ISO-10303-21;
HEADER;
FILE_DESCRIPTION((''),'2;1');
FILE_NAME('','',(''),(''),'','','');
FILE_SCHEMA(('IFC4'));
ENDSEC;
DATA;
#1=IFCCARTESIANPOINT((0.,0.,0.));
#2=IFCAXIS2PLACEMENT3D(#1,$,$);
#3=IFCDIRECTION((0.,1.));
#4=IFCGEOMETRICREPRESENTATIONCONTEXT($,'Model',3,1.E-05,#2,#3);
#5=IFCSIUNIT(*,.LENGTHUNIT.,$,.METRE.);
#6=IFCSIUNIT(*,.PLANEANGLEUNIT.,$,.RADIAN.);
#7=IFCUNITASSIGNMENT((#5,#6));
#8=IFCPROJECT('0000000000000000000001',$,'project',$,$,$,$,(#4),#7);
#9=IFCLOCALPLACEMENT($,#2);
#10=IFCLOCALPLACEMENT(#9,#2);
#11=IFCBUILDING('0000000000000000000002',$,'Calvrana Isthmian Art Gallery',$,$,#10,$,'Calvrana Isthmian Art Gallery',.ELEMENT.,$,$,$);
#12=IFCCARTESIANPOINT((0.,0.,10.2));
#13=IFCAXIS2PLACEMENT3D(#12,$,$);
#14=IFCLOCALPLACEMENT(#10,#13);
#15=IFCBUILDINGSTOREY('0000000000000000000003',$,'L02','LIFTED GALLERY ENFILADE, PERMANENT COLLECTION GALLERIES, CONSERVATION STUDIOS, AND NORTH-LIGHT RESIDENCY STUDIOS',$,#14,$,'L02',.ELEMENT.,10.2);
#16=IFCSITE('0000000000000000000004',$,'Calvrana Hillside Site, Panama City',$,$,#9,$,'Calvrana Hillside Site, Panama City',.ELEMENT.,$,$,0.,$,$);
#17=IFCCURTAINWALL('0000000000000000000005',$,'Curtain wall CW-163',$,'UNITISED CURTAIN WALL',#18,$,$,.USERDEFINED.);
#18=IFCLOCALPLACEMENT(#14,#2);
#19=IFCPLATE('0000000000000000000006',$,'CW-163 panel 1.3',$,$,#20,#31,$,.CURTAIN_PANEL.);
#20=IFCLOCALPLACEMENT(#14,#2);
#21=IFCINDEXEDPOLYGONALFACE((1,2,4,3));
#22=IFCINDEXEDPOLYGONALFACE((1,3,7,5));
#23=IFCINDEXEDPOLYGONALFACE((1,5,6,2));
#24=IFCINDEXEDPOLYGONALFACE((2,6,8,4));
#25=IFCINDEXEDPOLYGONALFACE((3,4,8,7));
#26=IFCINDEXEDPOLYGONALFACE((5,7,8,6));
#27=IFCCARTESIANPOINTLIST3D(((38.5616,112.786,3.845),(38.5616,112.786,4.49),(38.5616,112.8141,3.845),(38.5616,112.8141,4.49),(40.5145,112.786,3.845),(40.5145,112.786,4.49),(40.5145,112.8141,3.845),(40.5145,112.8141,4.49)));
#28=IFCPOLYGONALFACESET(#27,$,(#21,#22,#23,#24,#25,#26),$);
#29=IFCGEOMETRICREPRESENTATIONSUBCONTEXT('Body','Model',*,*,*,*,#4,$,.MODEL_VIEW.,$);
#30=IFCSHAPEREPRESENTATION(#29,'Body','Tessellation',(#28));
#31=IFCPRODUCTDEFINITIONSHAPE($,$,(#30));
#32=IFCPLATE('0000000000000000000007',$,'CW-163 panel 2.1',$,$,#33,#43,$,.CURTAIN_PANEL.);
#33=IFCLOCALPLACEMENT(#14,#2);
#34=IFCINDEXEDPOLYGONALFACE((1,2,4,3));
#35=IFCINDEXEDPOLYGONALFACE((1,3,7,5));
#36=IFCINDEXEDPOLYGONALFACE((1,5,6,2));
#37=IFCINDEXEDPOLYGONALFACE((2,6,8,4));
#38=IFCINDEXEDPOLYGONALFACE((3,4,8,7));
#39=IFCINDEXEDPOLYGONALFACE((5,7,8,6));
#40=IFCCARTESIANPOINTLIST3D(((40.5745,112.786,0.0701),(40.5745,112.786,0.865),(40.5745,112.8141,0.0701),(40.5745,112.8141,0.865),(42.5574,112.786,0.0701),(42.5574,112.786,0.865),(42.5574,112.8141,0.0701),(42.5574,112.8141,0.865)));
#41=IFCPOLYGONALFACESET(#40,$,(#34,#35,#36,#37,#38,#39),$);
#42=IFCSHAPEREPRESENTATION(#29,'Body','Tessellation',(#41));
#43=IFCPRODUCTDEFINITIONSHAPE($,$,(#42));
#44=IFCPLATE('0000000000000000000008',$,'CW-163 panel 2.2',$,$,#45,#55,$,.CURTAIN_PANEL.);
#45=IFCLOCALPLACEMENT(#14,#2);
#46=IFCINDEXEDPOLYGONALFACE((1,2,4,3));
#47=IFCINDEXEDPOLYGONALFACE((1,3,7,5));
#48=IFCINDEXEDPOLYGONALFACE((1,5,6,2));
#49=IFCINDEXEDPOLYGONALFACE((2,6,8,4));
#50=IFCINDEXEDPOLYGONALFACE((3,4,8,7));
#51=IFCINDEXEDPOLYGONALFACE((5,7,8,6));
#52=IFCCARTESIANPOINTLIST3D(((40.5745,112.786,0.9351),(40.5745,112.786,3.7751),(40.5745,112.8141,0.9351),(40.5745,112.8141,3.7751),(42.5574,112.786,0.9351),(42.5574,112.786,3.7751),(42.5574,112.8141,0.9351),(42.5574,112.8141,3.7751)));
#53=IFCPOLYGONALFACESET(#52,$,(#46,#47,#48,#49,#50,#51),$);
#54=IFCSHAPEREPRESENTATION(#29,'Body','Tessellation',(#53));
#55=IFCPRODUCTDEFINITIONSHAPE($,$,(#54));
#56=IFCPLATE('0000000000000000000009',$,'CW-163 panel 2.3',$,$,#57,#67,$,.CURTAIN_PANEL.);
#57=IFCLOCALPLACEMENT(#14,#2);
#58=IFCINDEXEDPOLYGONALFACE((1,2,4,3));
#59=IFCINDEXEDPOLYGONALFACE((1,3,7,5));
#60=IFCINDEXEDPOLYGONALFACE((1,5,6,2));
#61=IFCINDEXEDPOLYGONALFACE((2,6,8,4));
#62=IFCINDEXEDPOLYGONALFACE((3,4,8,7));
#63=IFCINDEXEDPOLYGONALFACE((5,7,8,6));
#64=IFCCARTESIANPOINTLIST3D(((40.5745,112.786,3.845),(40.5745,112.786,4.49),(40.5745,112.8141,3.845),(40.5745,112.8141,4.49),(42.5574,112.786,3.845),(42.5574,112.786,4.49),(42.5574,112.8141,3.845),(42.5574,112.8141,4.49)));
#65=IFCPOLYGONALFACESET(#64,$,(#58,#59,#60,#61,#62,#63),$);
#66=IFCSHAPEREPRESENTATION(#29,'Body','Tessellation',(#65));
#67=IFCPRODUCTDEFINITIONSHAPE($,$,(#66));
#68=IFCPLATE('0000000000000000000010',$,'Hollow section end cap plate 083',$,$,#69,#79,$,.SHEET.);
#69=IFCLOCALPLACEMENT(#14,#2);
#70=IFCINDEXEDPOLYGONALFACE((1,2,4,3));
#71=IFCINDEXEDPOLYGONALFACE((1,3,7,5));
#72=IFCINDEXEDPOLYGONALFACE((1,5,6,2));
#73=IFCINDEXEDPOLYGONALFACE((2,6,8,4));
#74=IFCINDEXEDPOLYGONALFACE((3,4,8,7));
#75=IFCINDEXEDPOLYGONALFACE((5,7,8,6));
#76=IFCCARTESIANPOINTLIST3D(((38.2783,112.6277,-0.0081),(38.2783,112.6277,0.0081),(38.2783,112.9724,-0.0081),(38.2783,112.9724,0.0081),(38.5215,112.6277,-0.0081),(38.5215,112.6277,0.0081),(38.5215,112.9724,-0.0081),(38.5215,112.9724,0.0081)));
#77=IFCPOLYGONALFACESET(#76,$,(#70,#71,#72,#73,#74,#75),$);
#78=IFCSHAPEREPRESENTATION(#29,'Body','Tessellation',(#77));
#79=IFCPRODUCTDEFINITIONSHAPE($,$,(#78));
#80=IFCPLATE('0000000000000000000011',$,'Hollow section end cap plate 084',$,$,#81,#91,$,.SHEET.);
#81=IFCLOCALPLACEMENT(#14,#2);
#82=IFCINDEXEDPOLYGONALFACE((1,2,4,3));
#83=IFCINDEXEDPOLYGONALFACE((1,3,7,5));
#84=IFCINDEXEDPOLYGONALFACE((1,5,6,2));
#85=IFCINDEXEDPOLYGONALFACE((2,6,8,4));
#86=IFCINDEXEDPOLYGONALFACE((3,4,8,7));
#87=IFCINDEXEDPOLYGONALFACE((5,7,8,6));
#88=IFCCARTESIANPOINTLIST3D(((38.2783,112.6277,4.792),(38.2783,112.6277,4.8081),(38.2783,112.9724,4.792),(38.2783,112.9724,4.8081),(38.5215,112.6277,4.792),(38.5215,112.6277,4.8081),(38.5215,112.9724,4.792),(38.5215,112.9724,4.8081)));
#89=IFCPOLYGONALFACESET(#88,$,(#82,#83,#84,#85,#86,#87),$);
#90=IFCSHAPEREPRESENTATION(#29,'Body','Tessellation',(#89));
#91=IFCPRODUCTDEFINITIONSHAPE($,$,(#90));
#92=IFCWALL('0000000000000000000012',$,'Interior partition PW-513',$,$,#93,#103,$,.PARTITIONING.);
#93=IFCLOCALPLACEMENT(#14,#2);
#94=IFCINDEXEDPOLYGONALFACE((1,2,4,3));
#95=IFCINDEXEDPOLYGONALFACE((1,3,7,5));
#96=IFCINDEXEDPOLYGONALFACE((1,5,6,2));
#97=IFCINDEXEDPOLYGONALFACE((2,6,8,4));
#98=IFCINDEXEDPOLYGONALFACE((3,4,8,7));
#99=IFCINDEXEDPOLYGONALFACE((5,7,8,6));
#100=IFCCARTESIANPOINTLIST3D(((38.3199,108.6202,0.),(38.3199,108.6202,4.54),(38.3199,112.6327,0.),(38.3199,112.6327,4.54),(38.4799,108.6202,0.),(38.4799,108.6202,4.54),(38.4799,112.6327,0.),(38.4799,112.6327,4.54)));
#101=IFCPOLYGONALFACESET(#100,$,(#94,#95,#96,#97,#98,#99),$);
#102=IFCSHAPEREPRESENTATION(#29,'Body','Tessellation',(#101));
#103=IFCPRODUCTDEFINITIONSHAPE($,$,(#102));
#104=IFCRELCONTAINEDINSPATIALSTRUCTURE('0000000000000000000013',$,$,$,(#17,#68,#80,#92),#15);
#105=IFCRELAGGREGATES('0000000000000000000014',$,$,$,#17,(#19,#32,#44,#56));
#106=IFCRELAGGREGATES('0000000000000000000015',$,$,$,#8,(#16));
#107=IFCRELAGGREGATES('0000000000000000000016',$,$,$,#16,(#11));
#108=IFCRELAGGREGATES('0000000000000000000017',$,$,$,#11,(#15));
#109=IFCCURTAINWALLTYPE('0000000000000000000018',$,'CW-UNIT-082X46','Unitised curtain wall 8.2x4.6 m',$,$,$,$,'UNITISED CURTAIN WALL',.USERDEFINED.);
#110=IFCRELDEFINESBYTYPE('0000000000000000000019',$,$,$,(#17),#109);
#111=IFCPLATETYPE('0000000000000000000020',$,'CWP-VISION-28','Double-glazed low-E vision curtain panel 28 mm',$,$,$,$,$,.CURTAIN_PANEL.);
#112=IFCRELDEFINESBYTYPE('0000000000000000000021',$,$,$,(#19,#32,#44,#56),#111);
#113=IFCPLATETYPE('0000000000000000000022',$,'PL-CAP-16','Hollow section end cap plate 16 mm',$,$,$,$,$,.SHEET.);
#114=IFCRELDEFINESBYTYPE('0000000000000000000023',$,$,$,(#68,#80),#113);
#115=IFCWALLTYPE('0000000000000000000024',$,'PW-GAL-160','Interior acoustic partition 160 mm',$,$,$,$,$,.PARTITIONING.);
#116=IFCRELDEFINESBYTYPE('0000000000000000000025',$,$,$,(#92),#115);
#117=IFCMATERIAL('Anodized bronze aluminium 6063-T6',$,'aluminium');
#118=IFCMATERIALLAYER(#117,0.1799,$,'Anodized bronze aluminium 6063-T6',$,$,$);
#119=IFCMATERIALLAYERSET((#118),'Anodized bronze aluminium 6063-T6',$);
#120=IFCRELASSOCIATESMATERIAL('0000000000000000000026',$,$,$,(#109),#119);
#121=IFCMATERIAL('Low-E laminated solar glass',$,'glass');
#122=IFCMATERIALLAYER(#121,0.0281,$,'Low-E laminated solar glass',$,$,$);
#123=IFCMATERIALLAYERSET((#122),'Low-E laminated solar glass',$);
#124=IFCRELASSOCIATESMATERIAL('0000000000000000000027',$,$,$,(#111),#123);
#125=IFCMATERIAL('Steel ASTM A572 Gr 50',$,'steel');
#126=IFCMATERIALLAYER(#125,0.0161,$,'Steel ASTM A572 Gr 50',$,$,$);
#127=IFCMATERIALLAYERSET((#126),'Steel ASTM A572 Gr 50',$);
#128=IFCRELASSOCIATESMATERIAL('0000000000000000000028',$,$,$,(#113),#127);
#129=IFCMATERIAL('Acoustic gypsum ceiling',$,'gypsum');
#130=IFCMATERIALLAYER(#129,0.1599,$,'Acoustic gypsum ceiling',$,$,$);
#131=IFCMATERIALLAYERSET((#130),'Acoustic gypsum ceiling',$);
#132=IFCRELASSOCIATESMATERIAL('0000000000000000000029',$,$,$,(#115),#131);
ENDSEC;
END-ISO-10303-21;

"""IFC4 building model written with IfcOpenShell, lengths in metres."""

from ifc_helpers import new_model, si_unit, direction, frame, frame_2d, origin, origin_2d, place, context, subcontext, project, spatial, rectangle, extrude, material, layer, layer_set, type_object, element, aggregate, save


model = new_model("IFC4")

# Units and contexts
model_context = context("Model", 3, precision=1e-05, world=origin(), true_north=direction((0.0, 1.0)))
body_context = subcontext(model_context, "Body", "Model", "MODEL_VIEW")
ifc_project = project(units=[si_unit("LENGTHUNIT", "METRE"), si_unit("PLANEANGLEUNIT", "RADIAN")], contexts=[model_context])

# Site, building, storey
site_placement = place(None, origin())
site = spatial("IfcSite", under=ifc_project, at=site_placement, Name="Calvrana Hillside Site, Panama City", LongName="Calvrana Hillside Site, Panama City", CompositionType="ELEMENT", RefElevation=0.0)
building_placement = place(site_placement, origin())
building = spatial("IfcBuilding", under=site, at=building_placement, Name="Calvrana Isthmian Art Gallery", LongName="Calvrana Isthmian Art Gallery", CompositionType="ELEMENT")
storey_placement = place(building_placement, frame((0.0, 0.0, 10.2)))
storey = spatial("IfcBuildingStorey", under=building, at=storey_placement, Name="L02", Description="LIFTED GALLERY ENFILADE, PERMANENT COLLECTION GALLERIES, CONSERVATION STUDIOS, AND NORTH-LIGHT RESIDENCY STUDIOS", LongName="L02", CompositionType="ELEMENT", Elevation=10.2)

# Curtain wall, plates
ifc_material_1 = material(Name="Anodized bronze aluminium 6063-T6", Category="aluminium")
ifc_layer_1 = layer(ifc_material_1, 0.1799, Name="Anodized bronze aluminium 6063-T6")
ifc_layer_set_1 = layer_set([ifc_layer_1], Name="Anodized bronze aluminium 6063-T6")
curtain_wall_type = type_object("IfcCurtainWallType", Name="CW-UNIT-082X46", Description="Unitised curtain wall 8.2x4.6 m", ElementType="UNITISED CURTAIN WALL", PredefinedType="USERDEFINED", material=ifc_layer_set_1)
curtain_wall_placement = place(storey_placement, origin())
curtain_wall = element("IfcCurtainWall", 1, at=curtain_wall_placement, inside=storey, type_object=curtain_wall_type, Name="Curtain wall CW-163", ObjectType="UNITISED CURTAIN WALL", PredefinedType="USERDEFINED")
ifc_material_2 = material(Name="Low-E laminated solar glass", Category="glass")
ifc_layer_2 = layer(ifc_material_2, 0.0281, Name="Low-E laminated solar glass")
ifc_layer_set_2 = layer_set([ifc_layer_2], Name="Low-E laminated solar glass")
plate_type_1 = type_object("IfcPlateType", Name="CWP-VISION-28", Description="Double-glazed low-E vision curtain panel 28 mm", PredefinedType="CURTAIN_PANEL", material=ifc_layer_set_2)
plate_1_placement = place(storey_placement, frame((39.5381, 112.8, 3.845), z_axis=(0.0, 0.0, 1.0), x_axis=(1.0, 0.0, 0.0)))
plate_1 = element("IfcPlate", 2, at=plate_1_placement, type_object=plate_type_1, Name="CW-163 panel 1.3", PredefinedType="CURTAIN_PANEL", context=body_context, shape_type="SweptSolid", body=[
    extrude(rectangle(XDim=1.9529, YDim=0.0281, at=origin_2d()), origin(), (0.0, 0.0, 1.0), 0.645),
])
plate_2_placement = place(storey_placement, frame((41.5659, 112.8, 0.0701), z_axis=(0.0, 0.0, 1.0), x_axis=(1.0, 0.0, 0.0)))
plate_2 = element("IfcPlate", 3, at=plate_2_placement, type_object=plate_type_1, Name="CW-163 panel 2.1", PredefinedType="CURTAIN_PANEL", context=body_context, shape_type="SweptSolid", body=[
    extrude(rectangle(XDim=1.9829, YDim=0.0281, at=origin_2d()), origin(), (0.0, 0.0, 1.0), 0.7949),
])
plate_3_placement = place(storey_placement, frame((41.5659, 112.8, 0.9351), z_axis=(0.0, 0.0, 1.0), x_axis=(1.0, 0.0, 0.0)))
plate_3 = element("IfcPlate", 4, at=plate_3_placement, type_object=plate_type_1, Name="CW-163 panel 2.2", PredefinedType="CURTAIN_PANEL", context=body_context, shape_type="SweptSolid", body=[
    extrude(rectangle(XDim=1.9829, YDim=0.0281, at=origin_2d()), origin(), (0.0, 0.0, 1.0), 2.8401),
])
plate_4_placement = place(storey_placement, frame((41.5659, 112.8, 3.845), z_axis=(0.0, 0.0, 1.0), x_axis=(1.0, 0.0, 0.0)))
plate_4 = element("IfcPlate", 5, at=plate_4_placement, type_object=plate_type_1, Name="CW-163 panel 2.3", PredefinedType="CURTAIN_PANEL", context=body_context, shape_type="SweptSolid", body=[
    extrude(rectangle(XDim=1.9829, YDim=0.0281, at=origin_2d()), origin(), (0.0, 0.0, 1.0), 0.645),
])
aggregate(curtain_wall, [plate_1, plate_2, plate_3, plate_4])

# Plates
ifc_material_3 = material(Name="Steel ASTM A572 Gr 50", Category="steel")
ifc_layer_3 = layer(ifc_material_3, 0.0161, Name="Steel ASTM A572 Gr 50")
ifc_layer_set_3 = layer_set([ifc_layer_3], Name="Steel ASTM A572 Gr 50")
plate_type_2 = type_object("IfcPlateType", Name="PL-CAP-16", Description="Hollow section end cap plate 16 mm", PredefinedType="SHEET", material=ifc_layer_set_3)
for number, where, z_axis, x_axis, name in (
    (6, (38.3999, 112.8, -0.0081), (0.0, 0.0, 1.0), (1.0, 0.0, 0.0), "Hollow section end cap plate 083"),
    (7, (38.3999, 112.8, 4.792), (0.0, 0.0, 1.0), (1.0, 0.0, 0.0), "Hollow section end cap plate 084"),
):
    element("IfcPlate", number, at=place(storey_placement, frame(where, z_axis=z_axis, x_axis=x_axis)), inside=storey, type_object=plate_type_2, Name=name, PredefinedType="SHEET", context=body_context, shape_type="SweptSolid", body=[
        extrude(rectangle(XDim=0.2432, YDim=0.3447, at=origin_2d()), origin(), (0.0, 0.0, 1.0), 0.0161),
    ])

# Wall
ifc_material_4 = material(Name="Acoustic gypsum ceiling", Category="gypsum")
ifc_layer_4 = layer(ifc_material_4, 0.1599, Name="Acoustic gypsum ceiling")
ifc_layer_set_4 = layer_set([ifc_layer_4], Name="Acoustic gypsum ceiling")
wall_type = type_object("IfcWallType", Name="PW-GAL-160", Description="Interior acoustic partition 160 mm", PredefinedType="PARTITIONING", material=ifc_layer_set_4)
wall_placement = place(storey_placement, frame((38.3999, 108.6201, 0.0), z_axis=(0.0, 0.0, 1.0), x_axis=(0.0, 1.0, 0.0)))
element("IfcWall", 8, at=wall_placement, inside=storey, type_object=wall_type, Name="Interior partition PW-513", PredefinedType="PARTITIONING", context=body_context, shape_type="SweptSolid", body=[
    extrude(rectangle(XDim=4.0125, YDim=0.1599, at=frame_2d((2.0063, 0.0))), origin(), (0.0, 0.0, 1.0), 4.54),
])

save(model, "model.ifc")
